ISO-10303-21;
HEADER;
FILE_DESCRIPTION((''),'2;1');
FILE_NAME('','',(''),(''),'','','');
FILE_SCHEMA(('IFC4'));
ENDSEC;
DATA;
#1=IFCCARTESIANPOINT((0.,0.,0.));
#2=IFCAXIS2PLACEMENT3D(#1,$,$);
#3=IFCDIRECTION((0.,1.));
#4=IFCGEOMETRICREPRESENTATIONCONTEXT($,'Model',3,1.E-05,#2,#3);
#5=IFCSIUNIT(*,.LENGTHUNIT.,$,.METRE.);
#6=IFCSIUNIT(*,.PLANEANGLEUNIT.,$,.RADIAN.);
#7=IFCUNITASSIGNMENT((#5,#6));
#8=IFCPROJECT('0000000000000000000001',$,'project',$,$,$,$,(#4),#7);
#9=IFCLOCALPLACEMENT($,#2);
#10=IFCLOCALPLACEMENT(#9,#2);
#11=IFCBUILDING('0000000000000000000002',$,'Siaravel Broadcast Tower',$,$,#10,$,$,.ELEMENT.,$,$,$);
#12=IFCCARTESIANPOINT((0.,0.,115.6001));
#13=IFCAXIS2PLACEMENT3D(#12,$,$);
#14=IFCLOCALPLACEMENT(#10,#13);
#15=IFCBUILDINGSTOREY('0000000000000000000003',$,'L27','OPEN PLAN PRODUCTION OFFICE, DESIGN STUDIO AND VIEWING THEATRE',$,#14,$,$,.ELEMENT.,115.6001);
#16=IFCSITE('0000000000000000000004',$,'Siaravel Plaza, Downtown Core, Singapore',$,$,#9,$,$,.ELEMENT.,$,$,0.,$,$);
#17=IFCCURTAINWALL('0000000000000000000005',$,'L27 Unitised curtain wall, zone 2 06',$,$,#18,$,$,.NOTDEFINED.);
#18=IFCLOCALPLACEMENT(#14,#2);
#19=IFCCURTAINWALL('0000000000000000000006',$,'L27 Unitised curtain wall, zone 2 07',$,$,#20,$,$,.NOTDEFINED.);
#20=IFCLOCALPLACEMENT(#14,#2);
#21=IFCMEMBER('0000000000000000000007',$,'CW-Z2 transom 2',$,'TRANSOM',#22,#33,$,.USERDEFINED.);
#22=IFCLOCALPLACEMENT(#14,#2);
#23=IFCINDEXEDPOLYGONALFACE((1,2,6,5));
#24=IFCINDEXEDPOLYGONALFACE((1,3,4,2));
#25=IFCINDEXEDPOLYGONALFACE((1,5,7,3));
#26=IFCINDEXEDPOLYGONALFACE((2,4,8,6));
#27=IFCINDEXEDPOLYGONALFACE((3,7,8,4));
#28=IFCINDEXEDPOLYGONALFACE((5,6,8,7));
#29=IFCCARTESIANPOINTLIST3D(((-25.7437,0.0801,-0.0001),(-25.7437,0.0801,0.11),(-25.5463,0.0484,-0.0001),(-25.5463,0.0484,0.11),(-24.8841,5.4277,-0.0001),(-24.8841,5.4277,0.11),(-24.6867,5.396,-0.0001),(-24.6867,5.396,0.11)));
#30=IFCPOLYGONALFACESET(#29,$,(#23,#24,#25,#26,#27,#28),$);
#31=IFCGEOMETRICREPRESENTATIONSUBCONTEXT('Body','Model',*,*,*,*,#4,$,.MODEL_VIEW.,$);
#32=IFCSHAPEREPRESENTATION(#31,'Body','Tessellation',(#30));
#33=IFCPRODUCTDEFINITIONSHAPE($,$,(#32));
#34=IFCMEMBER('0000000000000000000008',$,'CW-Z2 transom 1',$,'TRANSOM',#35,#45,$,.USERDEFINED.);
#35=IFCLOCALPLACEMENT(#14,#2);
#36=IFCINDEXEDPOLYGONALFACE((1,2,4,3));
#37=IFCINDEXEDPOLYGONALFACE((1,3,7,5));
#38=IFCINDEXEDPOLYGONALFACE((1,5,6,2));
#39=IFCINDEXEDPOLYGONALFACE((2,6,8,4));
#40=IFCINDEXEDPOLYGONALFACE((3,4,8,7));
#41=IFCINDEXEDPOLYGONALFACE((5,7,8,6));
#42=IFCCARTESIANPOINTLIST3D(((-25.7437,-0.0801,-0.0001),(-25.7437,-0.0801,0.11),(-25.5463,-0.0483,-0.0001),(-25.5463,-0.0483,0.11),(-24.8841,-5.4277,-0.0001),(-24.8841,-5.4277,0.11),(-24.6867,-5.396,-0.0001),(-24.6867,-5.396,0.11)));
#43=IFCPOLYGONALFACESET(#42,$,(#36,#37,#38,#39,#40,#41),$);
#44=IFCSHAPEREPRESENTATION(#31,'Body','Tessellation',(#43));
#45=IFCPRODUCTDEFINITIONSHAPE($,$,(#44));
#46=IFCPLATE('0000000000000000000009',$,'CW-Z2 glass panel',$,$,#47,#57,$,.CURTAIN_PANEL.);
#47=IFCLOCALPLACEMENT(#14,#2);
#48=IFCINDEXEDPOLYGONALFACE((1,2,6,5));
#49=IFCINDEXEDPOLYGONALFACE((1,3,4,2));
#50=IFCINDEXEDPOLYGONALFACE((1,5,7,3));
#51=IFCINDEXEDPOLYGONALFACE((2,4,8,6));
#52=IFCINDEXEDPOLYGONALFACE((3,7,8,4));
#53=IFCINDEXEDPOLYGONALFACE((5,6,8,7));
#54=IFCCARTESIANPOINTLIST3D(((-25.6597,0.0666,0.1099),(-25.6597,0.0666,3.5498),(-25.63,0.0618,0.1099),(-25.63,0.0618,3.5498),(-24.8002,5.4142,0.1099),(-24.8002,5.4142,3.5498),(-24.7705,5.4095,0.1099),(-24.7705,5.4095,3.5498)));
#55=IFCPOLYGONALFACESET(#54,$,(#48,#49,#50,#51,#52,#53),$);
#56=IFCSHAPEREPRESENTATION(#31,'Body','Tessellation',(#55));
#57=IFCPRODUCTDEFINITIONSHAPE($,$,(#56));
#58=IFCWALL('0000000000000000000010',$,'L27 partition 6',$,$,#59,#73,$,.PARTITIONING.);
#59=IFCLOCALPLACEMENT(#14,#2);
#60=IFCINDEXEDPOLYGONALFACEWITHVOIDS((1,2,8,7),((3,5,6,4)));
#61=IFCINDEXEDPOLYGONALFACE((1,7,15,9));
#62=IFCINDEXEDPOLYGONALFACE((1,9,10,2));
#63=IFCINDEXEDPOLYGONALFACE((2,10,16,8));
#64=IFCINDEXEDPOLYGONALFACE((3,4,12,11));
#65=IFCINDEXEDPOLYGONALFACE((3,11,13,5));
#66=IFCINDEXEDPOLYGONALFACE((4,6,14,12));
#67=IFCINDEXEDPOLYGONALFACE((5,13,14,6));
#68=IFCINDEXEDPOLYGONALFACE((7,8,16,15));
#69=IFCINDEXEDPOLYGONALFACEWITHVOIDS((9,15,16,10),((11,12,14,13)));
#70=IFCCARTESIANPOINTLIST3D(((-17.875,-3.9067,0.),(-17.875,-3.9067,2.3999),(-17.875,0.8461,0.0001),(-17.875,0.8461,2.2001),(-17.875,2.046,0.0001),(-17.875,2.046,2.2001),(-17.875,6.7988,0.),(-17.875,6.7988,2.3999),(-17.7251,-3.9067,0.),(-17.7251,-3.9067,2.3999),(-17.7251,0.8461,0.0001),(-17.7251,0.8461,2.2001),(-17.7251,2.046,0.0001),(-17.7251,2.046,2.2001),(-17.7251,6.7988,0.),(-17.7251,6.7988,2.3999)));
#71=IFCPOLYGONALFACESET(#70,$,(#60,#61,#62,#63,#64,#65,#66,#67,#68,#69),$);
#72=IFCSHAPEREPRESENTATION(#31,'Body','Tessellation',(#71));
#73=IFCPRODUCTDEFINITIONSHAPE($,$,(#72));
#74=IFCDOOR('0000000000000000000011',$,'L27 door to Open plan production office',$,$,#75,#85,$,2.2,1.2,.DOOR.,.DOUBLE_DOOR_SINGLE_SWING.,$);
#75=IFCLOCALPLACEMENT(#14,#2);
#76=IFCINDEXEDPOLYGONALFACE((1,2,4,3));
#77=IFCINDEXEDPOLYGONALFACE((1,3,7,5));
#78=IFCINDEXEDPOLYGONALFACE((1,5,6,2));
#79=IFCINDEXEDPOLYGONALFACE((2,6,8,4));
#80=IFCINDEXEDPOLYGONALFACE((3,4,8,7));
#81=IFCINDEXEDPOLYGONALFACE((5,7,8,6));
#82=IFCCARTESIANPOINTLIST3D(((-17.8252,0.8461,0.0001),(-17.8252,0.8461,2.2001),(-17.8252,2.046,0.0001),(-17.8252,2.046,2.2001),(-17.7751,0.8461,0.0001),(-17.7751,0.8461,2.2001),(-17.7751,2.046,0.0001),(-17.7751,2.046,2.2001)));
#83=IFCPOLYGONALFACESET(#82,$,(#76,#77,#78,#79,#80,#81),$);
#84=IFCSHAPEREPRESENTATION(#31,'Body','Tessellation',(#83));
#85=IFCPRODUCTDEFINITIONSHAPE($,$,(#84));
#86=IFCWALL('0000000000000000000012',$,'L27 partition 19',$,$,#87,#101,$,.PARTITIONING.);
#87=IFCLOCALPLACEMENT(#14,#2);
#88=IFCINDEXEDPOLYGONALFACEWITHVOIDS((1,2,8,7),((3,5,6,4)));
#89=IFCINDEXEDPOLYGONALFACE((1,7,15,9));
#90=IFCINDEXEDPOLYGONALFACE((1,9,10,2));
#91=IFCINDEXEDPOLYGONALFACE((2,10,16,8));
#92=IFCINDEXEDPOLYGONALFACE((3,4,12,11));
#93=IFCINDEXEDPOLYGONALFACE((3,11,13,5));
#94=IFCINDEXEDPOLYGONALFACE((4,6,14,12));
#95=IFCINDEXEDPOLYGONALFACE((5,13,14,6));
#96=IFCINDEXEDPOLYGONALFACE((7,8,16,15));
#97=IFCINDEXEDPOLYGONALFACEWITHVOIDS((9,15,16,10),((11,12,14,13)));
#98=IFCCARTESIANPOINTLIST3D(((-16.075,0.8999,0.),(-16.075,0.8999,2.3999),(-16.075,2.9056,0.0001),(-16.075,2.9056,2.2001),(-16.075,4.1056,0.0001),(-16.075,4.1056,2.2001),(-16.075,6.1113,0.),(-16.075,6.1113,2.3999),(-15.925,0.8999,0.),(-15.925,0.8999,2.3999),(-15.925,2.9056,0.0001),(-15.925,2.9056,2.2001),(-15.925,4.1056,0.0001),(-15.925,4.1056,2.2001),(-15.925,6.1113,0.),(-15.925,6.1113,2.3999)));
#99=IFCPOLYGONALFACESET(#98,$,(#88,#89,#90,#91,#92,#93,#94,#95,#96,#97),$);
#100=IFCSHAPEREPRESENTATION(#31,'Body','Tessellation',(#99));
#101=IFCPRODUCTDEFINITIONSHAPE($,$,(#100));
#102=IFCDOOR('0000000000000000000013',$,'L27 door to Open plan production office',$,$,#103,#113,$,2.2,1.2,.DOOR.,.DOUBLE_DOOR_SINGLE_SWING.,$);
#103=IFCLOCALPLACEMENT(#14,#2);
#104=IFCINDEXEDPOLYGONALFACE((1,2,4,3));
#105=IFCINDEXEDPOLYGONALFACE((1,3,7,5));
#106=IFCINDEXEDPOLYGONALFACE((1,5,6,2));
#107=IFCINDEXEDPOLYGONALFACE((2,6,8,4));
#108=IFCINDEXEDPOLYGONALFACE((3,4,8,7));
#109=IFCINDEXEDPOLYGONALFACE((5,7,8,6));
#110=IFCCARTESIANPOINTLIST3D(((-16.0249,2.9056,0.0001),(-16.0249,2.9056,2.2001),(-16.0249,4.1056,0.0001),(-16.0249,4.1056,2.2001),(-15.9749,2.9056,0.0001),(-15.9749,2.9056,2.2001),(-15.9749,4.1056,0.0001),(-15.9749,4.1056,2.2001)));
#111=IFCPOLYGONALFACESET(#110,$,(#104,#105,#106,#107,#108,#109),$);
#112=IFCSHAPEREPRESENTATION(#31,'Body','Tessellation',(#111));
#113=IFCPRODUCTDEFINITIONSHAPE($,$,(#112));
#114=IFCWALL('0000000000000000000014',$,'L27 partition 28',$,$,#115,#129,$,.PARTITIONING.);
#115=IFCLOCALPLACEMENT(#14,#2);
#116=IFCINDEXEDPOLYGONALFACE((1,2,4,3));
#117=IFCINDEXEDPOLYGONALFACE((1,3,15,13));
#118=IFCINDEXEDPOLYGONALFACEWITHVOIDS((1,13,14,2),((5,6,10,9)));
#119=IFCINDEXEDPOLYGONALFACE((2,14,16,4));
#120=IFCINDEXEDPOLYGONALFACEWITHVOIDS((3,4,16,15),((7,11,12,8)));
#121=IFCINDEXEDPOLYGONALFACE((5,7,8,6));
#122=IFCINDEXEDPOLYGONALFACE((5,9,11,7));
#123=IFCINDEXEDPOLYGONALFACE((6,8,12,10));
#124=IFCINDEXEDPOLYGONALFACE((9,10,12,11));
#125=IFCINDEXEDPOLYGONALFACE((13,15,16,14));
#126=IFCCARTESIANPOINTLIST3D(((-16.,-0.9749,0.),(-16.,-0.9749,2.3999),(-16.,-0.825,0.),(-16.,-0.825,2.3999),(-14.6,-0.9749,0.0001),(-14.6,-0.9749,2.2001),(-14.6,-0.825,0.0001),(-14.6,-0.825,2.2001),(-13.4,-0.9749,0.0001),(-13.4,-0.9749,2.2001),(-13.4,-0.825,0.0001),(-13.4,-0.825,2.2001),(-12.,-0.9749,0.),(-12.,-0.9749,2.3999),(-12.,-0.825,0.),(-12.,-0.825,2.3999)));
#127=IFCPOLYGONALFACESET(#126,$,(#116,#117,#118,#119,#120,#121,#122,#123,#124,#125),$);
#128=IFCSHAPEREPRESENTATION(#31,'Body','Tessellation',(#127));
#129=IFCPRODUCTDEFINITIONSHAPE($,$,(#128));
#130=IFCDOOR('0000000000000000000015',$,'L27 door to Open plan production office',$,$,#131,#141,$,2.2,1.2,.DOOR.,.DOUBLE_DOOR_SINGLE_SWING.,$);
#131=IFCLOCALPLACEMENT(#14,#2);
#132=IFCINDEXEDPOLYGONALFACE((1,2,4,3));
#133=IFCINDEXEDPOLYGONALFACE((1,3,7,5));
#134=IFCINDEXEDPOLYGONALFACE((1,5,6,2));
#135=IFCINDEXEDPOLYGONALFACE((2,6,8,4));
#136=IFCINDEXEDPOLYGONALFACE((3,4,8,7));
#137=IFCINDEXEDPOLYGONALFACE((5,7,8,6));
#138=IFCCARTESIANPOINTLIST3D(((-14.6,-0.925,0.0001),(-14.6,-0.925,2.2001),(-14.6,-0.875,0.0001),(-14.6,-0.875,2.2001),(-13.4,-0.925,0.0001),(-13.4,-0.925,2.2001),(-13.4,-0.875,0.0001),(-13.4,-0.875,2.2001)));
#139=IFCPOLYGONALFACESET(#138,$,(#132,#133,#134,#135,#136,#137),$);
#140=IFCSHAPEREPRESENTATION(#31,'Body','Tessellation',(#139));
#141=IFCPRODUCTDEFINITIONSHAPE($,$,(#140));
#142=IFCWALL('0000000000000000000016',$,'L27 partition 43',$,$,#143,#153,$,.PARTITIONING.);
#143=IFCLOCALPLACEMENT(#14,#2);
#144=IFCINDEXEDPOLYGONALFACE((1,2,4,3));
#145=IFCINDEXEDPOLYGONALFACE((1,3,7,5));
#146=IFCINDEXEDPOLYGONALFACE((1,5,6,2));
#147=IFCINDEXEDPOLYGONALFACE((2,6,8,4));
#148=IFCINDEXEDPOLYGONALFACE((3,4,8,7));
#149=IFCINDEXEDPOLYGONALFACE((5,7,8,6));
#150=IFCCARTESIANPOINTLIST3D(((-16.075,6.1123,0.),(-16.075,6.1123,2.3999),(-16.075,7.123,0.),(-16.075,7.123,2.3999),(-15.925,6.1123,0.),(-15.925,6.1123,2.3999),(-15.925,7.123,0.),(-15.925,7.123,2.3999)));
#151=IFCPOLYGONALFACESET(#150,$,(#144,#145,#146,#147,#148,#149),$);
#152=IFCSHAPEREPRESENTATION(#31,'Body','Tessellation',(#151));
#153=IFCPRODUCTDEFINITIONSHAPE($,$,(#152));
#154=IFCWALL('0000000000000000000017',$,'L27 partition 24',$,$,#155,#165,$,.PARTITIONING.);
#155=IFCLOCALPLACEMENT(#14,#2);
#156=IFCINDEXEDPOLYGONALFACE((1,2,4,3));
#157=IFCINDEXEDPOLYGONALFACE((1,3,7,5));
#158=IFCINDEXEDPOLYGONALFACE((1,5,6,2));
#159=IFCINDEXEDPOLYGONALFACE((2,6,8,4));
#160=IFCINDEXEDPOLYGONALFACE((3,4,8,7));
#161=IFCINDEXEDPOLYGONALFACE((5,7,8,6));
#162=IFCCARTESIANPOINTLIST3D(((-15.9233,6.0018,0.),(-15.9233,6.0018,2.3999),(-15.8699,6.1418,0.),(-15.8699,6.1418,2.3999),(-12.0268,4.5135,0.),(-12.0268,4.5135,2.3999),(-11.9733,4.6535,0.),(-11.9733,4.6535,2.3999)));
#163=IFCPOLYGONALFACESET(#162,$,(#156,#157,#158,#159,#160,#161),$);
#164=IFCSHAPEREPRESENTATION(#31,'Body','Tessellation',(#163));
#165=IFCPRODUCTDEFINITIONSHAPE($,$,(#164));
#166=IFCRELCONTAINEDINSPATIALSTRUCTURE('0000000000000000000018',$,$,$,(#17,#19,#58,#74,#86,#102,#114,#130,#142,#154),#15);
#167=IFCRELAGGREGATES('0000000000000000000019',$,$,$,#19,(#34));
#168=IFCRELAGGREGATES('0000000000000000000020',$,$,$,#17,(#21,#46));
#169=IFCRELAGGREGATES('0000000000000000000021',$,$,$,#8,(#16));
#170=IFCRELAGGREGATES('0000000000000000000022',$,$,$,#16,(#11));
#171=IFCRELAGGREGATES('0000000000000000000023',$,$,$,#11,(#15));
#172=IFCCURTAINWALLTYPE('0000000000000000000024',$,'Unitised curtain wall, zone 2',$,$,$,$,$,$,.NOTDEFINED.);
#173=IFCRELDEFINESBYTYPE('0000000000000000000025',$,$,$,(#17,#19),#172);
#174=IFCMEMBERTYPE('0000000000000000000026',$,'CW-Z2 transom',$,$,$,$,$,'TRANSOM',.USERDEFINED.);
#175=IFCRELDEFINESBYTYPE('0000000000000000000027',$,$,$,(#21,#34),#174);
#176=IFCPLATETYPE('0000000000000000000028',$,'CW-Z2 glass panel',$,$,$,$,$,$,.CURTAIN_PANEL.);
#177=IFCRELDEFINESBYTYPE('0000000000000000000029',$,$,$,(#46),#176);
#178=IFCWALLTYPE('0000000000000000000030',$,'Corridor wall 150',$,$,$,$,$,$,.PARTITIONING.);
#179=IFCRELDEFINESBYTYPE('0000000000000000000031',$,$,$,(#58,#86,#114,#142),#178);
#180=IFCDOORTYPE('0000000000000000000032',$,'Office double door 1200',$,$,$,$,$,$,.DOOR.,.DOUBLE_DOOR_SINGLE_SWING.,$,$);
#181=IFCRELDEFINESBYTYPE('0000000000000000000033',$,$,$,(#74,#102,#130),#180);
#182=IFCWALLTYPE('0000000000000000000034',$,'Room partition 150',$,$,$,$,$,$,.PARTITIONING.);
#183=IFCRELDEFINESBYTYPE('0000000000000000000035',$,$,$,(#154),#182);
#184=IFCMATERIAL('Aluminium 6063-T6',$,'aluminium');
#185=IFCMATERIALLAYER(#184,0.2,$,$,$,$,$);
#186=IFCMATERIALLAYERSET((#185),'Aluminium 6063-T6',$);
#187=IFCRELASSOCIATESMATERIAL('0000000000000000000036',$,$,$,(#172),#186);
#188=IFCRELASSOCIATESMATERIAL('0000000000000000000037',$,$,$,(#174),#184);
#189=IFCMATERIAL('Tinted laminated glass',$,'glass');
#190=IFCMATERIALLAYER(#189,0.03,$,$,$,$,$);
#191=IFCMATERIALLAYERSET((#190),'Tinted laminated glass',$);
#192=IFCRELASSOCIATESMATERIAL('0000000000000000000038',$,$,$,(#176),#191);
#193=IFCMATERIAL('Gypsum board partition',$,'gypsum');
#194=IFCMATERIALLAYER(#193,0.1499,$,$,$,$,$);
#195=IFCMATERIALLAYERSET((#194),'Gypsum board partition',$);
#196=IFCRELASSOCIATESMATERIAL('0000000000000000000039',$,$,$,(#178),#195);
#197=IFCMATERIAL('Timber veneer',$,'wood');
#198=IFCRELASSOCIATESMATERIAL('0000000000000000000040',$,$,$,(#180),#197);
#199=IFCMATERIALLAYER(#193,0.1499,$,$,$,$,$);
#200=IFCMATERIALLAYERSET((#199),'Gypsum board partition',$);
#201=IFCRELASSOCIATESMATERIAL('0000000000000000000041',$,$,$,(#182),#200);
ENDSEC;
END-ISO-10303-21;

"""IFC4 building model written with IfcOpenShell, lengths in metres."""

from ifc_helpers import new_model, si_unit, direction, frame, frame_2d, origin, origin_2d, place, context, subcontext, project, spatial, rectangle, extrude, material, layer, layer_set, material_profile, profile_set, type_object, element, fill, aggregate, save


model = new_model("IFC4")

# Units and contexts
model_context = context("Model", 3, precision=1e-05, world=origin(), true_north=direction((0.0, 1.0)))
body_context = subcontext(model_context, "Body", "Model", "MODEL_VIEW")
ifc_project = project(units=[si_unit("LENGTHUNIT", "METRE"), si_unit("PLANEANGLEUNIT", "RADIAN")], contexts=[model_context])

# Site, building, storey
site_placement = place(None, origin())
site = spatial("IfcSite", under=ifc_project, at=site_placement, Name="Siaravel Plaza, Downtown Core, Singapore", CompositionType="ELEMENT", RefElevation=0.0)
building_placement = place(site_placement, origin())
building = spatial("IfcBuilding", under=site, at=building_placement, Name="Siaravel Broadcast Tower", CompositionType="ELEMENT")
storey_placement = place(building_placement, frame((0.0, 0.0, 115.6001)))
storey = spatial("IfcBuildingStorey", under=building, at=storey_placement, Name="L27", Description="OPEN PLAN PRODUCTION OFFICE, DESIGN STUDIO AND VIEWING THEATRE", CompositionType="ELEMENT", Elevation=115.6001)

# Curtain wall
ifc_material_1 = material(Name="Aluminium 6063-T6", Category="aluminium")
ifc_layer_1 = layer(ifc_material_1, 0.2)
ifc_layer_set_1 = layer_set([ifc_layer_1], Name="Aluminium 6063-T6")
curtain_wall_type = type_object("IfcCurtainWallType", Name="Unitised curtain wall, zone 2", PredefinedType="NOTDEFINED", material=ifc_layer_set_1)
curtain_wall_1_placement = place(storey_placement, origin())
curtain_wall_1 = element("IfcCurtainWall", 1, at=curtain_wall_1_placement, inside=storey, type_object=curtain_wall_type, Name="L27 Unitised curtain wall, zone 2 06", PredefinedType="NOTDEFINED")

# Curtain wall
curtain_wall_2_placement = place(storey_placement, origin())
curtain_wall_2 = element("IfcCurtainWall", 2, at=curtain_wall_2_placement, inside=storey, type_object=curtain_wall_type, Name="L27 Unitised curtain wall, zone 2 07", PredefinedType="NOTDEFINED")

# Members
ifc_material_profile_1 = material_profile(ifc_material_1, rectangle(XDim=0.2, YDim=0.1101, at=origin_2d()))
ifc_profile_set_1 = profile_set([ifc_material_profile_1], Name="Aluminium 6063-T6")
member_type_1 = type_object("IfcMemberType", Name="CW-Z2 transom", ElementType="TRANSOM", PredefinedType="USERDEFINED", material=ifc_profile_set_1)
member_1_placement = place(storey_placement, frame((-24.7854, 5.4119, 0.0549), z_axis=(-0.158709, -0.987325, 0.0), x_axis=(0.987325, -0.158709, 0.0)))
member_1 = element("IfcMember", 3, at=member_1_placement, type_object=member_type_1, Name="CW-Z2 transom 2", ObjectType="TRANSOM", PredefinedType="USERDEFINED", context=body_context, shape_type="SweptSolid", body=[
    extrude(rectangle(XDim=0.2, YDim=0.1101, at=origin_2d()), origin(), (0.0, 0.0, 1.0), 5.4163),
])
member_2_placement = place(storey_placement, frame((-25.645, -0.0642, 0.0549), z_axis=(0.158709, -0.987325, 0.0), x_axis=(0.987325, 0.158709, 0.0)))
member_2 = element("IfcMember", 4, at=member_2_placement, type_object=member_type_1, Name="CW-Z2 transom 1", ObjectType="TRANSOM", PredefinedType="USERDEFINED", context=body_context, shape_type="SweptSolid", body=[
    extrude(rectangle(XDim=0.2, YDim=0.1101, at=origin_2d()), origin(), (0.0, 0.0, 1.0), 5.4163),
])
aggregate(curtain_wall_2, [member_2])

# Plate
ifc_material_2 = material(Name="Tinted laminated glass", Category="glass")
ifc_layer_2 = layer(ifc_material_2, 0.03)
ifc_layer_set_2 = layer_set([ifc_layer_2], Name="Tinted laminated glass")
plate_type = type_object("IfcPlateType", Name="CW-Z2 glass panel", PredefinedType="CURTAIN_PANEL", material=ifc_layer_set_2)
plate_placement = place(storey_placement, frame((-25.2151, 2.738, 0.1099), z_axis=(0.0, 0.0, 1.0), x_axis=(-0.158686, -0.987329, 0.0)))
plate = element("IfcPlate", 5, at=plate_placement, type_object=plate_type, Name="CW-Z2 glass panel", PredefinedType="CURTAIN_PANEL", context=body_context, shape_type="SweptSolid", body=[
    extrude(rectangle(XDim=5.4163, YDim=0.03, at=origin_2d()), origin(), (0.0, 0.0, 1.0), 3.4399),
])
aggregate(curtain_wall_1, [member_1, plate])

# Walls, openings, doors
ifc_material_3 = material(Name="Gypsum board partition", Category="gypsum")
ifc_layer_3 = layer(ifc_material_3, 0.1499)
ifc_layer_set_3 = layer_set([ifc_layer_3], Name="Gypsum board partition")
wall_type_1 = type_object("IfcWallType", Name="Corridor wall 150", PredefinedType="PARTITIONING", material=ifc_layer_set_3)
wall_1_placement = place(storey_placement, frame((-17.8, 6.7988, 0.0), z_axis=(0.0, 0.0, 1.0), x_axis=(0.0, -1.0, 0.0)))
wall_1 = element("IfcWall", 6, at=wall_1_placement, inside=storey, type_object=wall_type_1, Name="L27 partition 6", PredefinedType="PARTITIONING", context=body_context, shape_type="SweptSolid", body=[
    extrude(rectangle(XDim=10.7056, YDim=0.1499, at=frame_2d((5.3528, 0.0))), origin(), (0.0, 0.0, 1.0), 2.3999),
])
opening_1_placement = place(wall_1_placement, frame((4.7527, 0.0, 0.0)))
opening_1 = element("IfcOpeningElement", 7, at=opening_1_placement, cuts=wall_1, PredefinedType="OPENING", context=body_context, shape_type="SweptSolid", body=[
    extrude(rectangle(XDim=1.2, YDim=2.2, at=frame_2d((0.6001, 1.1001))), frame((0.0, 0.085, 0.0), z_axis=(0.0, -1.0, 0.0), x_axis=(1.0, 0.0, 0.0)), (0.0, 0.0, 1.0), 0.1699),
])
ifc_material_4 = material(Name="Timber veneer", Category="wood")
door_type = type_object("IfcDoorType", Name="Office double door 1200", OperationType="DOUBLE_DOOR_SINGLE_SWING", PredefinedType="DOOR", material=ifc_material_4)
door_1_placement = place(opening_1_placement, origin())
door_1 = element("IfcDoor", 8, at=door_1_placement, inside=storey, type_object=door_type, Name="L27 door to Open plan production office", OperationType="DOUBLE_DOOR_SINGLE_SWING", OverallHeight=2.2, OverallWidth=1.2, PredefinedType="DOOR", context=body_context, shape_type="SweptSolid", body=[
    extrude(rectangle(XDim=1.2, YDim=2.2, at=frame_2d((0.6001, 1.1001))), frame((0.0, 0.0249, 0.0), z_axis=(0.0, -1.0, 0.0), x_axis=(1.0, 0.0, 0.0)), (0.0, 0.0, 1.0), 0.05),
])
fill(opening_1, door_1)
wall_2_placement = place(storey_placement, frame((-16.0, 0.8999, 0.0), z_axis=(0.0, 0.0, 1.0), x_axis=(0.0, 1.0, 0.0)))
wall_2 = element("IfcWall", 9, at=wall_2_placement, inside=storey, type_object=wall_type_1, Name="L27 partition 19", PredefinedType="PARTITIONING", context=body_context, shape_type="SweptSolid", body=[
    extrude(rectangle(XDim=5.2114, YDim=0.1499, at=frame_2d((2.6057, 0.0))), origin(), (0.0, 0.0, 1.0), 2.3999),
])
opening_2_placement = place(wall_2_placement, frame((2.0056, 0.0, 0.0)))
opening_2 = element("IfcOpeningElement", 10, at=opening_2_placement, cuts=wall_2, PredefinedType="OPENING", context=body_context, shape_type="SweptSolid", body=[
    extrude(rectangle(XDim=1.2, YDim=2.2, at=frame_2d((0.6001, 1.1001))), frame((0.0, 0.085, 0.0), z_axis=(0.0, -1.0, 0.0), x_axis=(1.0, 0.0, 0.0)), (0.0, 0.0, 1.0), 0.1699),
])
door_2_placement = place(opening_2_placement, origin())
door_2 = element("IfcDoor", 11, at=door_2_placement, inside=storey, type_object=door_type, Name="L27 door to Open plan production office", OperationType="DOUBLE_DOOR_SINGLE_SWING", OverallHeight=2.2, OverallWidth=1.2, PredefinedType="DOOR", context=body_context, shape_type="SweptSolid", body=[
    extrude(rectangle(XDim=1.2, YDim=2.2, at=frame_2d((0.6001, 1.1001))), frame((0.0, 0.0249, 0.0), z_axis=(0.0, -1.0, 0.0), x_axis=(1.0, 0.0, 0.0)), (0.0, 0.0, 1.0), 0.05),
])
fill(opening_2, door_2)
wall_3_placement = place(storey_placement, frame((-16.0, -0.8999, 0.0), z_axis=(0.0, 0.0, 1.0), x_axis=(1.0, 0.0, 0.0)))
wall_3 = element("IfcWall", 12, at=wall_3_placement, inside=storey, type_object=wall_type_1, Name="L27 partition 28", PredefinedType="PARTITIONING", context=body_context, shape_type="SweptSolid", body=[
    extrude(rectangle(XDim=4.0, YDim=0.1499, at=frame_2d((2.0, 0.0))), origin(), (0.0, 0.0, 1.0), 2.3999),
])
opening_3_placement = place(wall_3_placement, frame((1.3999, 0.0, 0.0)))
opening_3 = element("IfcOpeningElement", 13, at=opening_3_placement, cuts=wall_3, PredefinedType="OPENING", context=body_context, shape_type="SweptSolid", body=[
    extrude(rectangle(XDim=1.2, YDim=2.2, at=frame_2d((0.6001, 1.1001))), frame((0.0, 0.085, 0.0), z_axis=(0.0, -1.0, 0.0), x_axis=(1.0, 0.0, 0.0)), (0.0, 0.0, 1.0), 0.1699),
])
door_3_placement = place(opening_3_placement, origin())
door_3 = element("IfcDoor", 14, at=door_3_placement, inside=storey, type_object=door_type, Name="L27 door to Open plan production office", OperationType="DOUBLE_DOOR_SINGLE_SWING", OverallHeight=2.2, OverallWidth=1.2, PredefinedType="DOOR", context=body_context, shape_type="SweptSolid", body=[
    extrude(rectangle(XDim=1.2, YDim=2.2, at=frame_2d((0.6001, 1.1001))), frame((0.0, 0.0249, 0.0), z_axis=(0.0, -1.0, 0.0), x_axis=(1.0, 0.0, 0.0)), (0.0, 0.0, 1.0), 0.05),
])
fill(opening_3, door_3)

# Walls
wall_4_placement = place(storey_placement, frame((-16.0, 6.1123, 0.0), z_axis=(0.0, 0.0, 1.0), x_axis=(0.0, 1.0, 0.0)))
element("IfcWall", 15, at=wall_4_placement, inside=storey, type_object=wall_type_1, Name="L27 partition 43", PredefinedType="PARTITIONING", context=body_context, shape_type="SweptSolid", body=[
    extrude(rectangle(XDim=1.0107, YDim=0.1499, at=frame_2d((0.5054, 0.0))), origin(), (0.0, 0.0, 1.0), 2.3999),
])
ifc_layer_4 = layer(ifc_material_3, 0.1499)
ifc_layer_set_4 = layer_set([ifc_layer_4], Name="Gypsum board partition")
wall_type_2 = type_object("IfcWallType", Name="Room partition 150", PredefinedType="PARTITIONING", material=ifc_layer_set_4)
wall_5_placement = place(storey_placement, frame((-15.8965, 6.0718, 0.0), z_axis=(0.0, 0.0, 1.0), x_axis=(0.934176, -0.356813, 0.0)))
element("IfcWall", 16, at=wall_5_placement, inside=storey, type_object=wall_type_2, Name="L27 partition 24", PredefinedType="PARTITIONING", context=body_context, shape_type="SweptSolid", body=[
    extrude(rectangle(XDim=4.1711, YDim=0.1499, at=frame_2d((2.0854, 0.0))), origin(), (0.0, 0.0, 1.0), 2.3999),
])

save(model, "model.ifc")
